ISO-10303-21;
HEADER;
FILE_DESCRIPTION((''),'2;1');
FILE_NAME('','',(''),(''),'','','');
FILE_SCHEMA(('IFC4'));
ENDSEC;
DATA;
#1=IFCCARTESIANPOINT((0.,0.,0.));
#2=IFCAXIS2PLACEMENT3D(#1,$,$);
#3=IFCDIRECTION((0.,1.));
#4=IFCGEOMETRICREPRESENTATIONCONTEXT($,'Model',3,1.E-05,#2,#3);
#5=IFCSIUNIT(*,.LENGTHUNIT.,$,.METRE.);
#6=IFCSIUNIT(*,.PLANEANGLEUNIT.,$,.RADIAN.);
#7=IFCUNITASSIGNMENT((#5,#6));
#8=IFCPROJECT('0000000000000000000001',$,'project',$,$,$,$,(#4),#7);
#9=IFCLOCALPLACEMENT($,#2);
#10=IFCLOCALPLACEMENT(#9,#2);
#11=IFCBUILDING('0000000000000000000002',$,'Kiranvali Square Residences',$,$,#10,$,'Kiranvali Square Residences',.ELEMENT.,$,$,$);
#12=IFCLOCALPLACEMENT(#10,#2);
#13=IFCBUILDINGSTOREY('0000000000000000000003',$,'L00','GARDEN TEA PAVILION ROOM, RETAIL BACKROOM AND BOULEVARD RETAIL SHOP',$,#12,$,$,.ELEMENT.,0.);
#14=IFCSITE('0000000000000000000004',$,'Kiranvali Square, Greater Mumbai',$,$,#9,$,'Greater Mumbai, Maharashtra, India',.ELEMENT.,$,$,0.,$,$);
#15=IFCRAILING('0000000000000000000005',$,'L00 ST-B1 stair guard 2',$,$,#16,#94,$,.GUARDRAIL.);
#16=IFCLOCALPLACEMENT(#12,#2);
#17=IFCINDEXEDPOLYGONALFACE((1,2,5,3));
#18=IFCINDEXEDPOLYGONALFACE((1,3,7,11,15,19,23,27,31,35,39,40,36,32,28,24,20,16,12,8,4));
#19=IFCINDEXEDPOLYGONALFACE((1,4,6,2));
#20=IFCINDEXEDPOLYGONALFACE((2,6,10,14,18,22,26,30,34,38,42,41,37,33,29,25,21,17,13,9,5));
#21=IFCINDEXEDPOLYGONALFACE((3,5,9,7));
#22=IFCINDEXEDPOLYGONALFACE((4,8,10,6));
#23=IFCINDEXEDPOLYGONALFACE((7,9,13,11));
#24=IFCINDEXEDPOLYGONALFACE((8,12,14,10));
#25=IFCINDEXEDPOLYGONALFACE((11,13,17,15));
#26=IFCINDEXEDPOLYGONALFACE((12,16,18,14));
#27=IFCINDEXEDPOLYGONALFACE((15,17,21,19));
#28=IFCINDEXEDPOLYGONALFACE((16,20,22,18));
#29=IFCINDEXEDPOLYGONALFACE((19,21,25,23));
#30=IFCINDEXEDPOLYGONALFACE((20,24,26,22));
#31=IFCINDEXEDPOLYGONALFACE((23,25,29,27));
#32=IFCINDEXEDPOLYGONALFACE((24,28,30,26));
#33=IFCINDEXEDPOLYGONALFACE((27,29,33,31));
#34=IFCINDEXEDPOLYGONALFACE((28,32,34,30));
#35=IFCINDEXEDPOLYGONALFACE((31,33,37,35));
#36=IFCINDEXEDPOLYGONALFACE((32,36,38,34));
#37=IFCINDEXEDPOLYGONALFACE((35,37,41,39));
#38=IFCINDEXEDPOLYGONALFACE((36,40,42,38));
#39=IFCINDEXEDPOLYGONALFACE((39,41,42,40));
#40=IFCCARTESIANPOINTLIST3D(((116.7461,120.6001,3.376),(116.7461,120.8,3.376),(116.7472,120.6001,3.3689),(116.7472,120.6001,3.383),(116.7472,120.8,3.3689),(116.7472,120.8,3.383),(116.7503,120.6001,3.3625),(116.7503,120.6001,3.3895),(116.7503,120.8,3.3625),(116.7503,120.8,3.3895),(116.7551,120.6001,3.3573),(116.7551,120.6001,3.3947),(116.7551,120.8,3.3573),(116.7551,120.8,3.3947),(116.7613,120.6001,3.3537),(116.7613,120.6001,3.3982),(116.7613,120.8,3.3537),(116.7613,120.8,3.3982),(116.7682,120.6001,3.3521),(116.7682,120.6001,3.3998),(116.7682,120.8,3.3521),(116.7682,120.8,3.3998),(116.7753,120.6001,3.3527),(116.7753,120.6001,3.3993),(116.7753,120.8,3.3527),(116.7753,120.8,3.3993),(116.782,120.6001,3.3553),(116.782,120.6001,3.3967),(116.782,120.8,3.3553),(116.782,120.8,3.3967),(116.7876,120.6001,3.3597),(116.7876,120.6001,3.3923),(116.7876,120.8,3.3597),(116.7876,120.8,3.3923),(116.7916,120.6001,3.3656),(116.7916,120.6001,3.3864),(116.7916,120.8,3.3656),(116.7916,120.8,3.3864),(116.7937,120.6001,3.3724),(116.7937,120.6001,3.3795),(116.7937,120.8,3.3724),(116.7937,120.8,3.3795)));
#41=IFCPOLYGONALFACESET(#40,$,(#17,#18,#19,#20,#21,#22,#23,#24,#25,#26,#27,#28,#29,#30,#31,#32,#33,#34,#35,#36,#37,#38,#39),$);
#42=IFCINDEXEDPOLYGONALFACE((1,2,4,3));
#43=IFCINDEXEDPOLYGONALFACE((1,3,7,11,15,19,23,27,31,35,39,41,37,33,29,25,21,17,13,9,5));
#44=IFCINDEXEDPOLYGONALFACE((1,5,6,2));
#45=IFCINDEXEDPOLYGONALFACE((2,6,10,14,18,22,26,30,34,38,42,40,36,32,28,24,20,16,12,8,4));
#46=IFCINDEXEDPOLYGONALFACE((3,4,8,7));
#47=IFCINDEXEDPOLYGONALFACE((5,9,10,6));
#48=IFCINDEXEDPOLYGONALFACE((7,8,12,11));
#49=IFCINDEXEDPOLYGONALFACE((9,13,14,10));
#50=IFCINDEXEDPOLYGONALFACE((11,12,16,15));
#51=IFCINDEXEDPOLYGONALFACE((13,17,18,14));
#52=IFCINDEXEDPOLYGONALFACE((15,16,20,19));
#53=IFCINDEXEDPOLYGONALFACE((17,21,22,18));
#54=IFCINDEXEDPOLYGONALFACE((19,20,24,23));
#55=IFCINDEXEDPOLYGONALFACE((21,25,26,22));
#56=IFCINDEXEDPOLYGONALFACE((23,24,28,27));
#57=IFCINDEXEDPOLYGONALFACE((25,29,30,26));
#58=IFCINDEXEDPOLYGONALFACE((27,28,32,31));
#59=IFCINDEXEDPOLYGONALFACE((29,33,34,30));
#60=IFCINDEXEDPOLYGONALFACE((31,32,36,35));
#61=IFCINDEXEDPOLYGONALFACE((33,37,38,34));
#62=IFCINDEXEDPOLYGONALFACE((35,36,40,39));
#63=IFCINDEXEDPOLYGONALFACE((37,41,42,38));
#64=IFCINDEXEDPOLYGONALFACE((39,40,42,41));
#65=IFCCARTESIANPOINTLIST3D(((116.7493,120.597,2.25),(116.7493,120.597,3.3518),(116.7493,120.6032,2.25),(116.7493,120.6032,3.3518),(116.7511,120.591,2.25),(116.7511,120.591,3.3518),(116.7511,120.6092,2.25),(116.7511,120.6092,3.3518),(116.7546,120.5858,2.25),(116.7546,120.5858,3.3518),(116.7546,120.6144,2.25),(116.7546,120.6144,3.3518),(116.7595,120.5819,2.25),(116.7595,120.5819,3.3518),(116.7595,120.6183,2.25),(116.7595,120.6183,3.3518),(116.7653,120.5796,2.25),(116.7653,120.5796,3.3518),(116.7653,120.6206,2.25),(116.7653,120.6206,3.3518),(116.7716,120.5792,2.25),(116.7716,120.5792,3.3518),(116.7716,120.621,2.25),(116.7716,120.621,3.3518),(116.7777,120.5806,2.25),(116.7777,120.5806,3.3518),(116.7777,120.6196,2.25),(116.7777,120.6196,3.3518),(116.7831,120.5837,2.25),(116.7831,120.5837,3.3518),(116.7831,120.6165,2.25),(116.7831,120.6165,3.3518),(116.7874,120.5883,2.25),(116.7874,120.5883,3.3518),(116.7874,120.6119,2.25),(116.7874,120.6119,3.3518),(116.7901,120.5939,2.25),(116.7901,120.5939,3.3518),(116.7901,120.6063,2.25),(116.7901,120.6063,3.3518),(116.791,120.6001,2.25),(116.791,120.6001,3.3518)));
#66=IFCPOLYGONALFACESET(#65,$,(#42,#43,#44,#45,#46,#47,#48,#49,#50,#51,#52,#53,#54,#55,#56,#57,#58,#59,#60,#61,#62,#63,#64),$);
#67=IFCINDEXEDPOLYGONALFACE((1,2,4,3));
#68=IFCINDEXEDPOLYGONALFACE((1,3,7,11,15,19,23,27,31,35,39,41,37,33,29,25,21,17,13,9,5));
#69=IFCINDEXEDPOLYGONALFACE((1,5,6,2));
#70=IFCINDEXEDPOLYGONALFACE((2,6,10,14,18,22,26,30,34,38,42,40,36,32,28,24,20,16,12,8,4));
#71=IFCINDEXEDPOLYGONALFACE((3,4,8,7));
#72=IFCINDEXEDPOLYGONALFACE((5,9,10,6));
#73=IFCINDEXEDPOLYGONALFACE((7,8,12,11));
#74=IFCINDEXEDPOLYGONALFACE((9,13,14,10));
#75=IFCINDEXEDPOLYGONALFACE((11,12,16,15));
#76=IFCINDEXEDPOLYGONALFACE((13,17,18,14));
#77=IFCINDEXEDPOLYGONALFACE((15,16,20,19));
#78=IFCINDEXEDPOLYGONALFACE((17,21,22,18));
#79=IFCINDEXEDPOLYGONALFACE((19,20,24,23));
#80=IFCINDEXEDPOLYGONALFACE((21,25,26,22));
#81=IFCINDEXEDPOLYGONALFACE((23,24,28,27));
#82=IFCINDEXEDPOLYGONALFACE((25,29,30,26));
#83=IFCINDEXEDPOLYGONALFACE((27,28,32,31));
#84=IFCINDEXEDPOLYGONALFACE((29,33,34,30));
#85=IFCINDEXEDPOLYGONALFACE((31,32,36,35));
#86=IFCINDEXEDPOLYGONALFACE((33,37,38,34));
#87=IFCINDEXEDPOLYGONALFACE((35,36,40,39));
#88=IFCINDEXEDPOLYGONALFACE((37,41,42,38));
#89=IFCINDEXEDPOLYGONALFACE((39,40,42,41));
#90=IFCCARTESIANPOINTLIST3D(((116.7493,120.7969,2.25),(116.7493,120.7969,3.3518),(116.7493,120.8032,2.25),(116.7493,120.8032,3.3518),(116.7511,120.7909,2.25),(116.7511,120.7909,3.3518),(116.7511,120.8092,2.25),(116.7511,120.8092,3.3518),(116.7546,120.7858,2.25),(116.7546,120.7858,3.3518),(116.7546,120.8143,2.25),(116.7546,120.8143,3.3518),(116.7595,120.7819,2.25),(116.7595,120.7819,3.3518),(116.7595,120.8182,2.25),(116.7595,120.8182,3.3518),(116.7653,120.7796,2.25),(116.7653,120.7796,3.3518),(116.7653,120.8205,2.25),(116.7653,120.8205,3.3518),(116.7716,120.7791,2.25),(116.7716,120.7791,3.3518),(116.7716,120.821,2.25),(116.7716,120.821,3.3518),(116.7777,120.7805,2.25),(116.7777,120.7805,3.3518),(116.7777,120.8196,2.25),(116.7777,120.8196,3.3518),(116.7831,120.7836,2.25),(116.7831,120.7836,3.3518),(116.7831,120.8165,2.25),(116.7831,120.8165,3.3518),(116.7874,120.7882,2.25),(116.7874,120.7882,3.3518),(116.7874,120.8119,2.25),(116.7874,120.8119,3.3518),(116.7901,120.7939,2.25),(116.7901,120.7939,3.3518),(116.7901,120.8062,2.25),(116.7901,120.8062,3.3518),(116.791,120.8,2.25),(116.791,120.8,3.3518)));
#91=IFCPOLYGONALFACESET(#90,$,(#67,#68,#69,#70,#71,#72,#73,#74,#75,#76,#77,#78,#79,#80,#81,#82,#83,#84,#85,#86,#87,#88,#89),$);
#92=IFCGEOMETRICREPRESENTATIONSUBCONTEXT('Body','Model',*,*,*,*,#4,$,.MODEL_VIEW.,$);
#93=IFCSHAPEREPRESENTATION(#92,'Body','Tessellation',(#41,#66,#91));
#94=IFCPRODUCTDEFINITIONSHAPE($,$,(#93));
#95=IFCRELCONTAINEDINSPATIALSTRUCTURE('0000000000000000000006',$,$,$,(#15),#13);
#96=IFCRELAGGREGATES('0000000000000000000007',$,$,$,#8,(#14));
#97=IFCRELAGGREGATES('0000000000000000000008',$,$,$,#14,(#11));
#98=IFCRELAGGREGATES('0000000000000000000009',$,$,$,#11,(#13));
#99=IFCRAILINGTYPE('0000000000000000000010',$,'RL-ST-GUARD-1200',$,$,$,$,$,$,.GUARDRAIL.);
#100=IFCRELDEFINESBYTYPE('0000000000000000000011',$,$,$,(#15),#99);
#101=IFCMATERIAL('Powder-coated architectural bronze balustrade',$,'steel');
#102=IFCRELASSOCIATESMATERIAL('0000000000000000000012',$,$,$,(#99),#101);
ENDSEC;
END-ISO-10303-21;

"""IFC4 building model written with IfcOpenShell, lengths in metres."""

from ifc_helpers import new_model, si_unit, direction, frame, origin, origin_2d, place, context, subcontext, project, spatial, circle, extrude, material, type_object, element, save


model = new_model("IFC4")

# Units and contexts
model_context = context("Model", 3, precision=1e-05, world=origin(), true_north=direction((0.0, 1.0)))
body_context = subcontext(model_context, "Body", "Model", "MODEL_VIEW")
ifc_project = project(units=[si_unit("LENGTHUNIT", "METRE"), si_unit("PLANEANGLEUNIT", "RADIAN")], contexts=[model_context])

# Site, building, storey
site_placement = place(None, origin())
site = spatial("IfcSite", under=ifc_project, at=site_placement, Name="Kiranvali Square, Greater Mumbai", LongName="Greater Mumbai, Maharashtra, India", CompositionType="ELEMENT", RefElevation=0.0)
building_placement = place(site_placement, origin())
building = spatial("IfcBuilding", under=site, at=building_placement, Name="Kiranvali Square Residences", LongName="Kiranvali Square Residences", CompositionType="ELEMENT")
storey_placement = place(building_placement, origin())
storey = spatial("IfcBuildingStorey", under=building, at=storey_placement, Name="L00", Description="GARDEN TEA PAVILION ROOM, RETAIL BACKROOM AND BOULEVARD RETAIL SHOP", CompositionType="ELEMENT", Elevation=0.0)

# Railing
ifc_material_1 = material(Name="Powder-coated architectural bronze balustrade", Category="steel")
railing_type_1 = type_object("IfcRailingType", Name="RL-ST-GUARD-1200", PredefinedType="GUARDRAIL", material=ifc_material_1)
railing_1_placement = place(storey_placement, frame((116.77, 120.6001, 2.25)))
element("IfcRailing", 1, at=railing_1_placement, inside=storey, type_object=railing_type_1, Name="L00 ST-B1 stair guard 2", PredefinedType="GUARDRAIL", context=body_context, shape_type="SweptSolid", body=[
    extrude(circle(Radius=0.0239, at=origin_2d()), frame((0.0, 0.0, 1.126), z_axis=(0.0, 1.0, 0.0), x_axis=(-1.0, 0.0, 0.0)), (0.0, 0.0, 1.0), 0.2),
    extrude(circle(Radius=0.021, at=origin_2d()), origin(), (0.0, 0.0, 1.0), 1.1018),
    extrude(circle(Radius=0.021, at=origin_2d()), frame((0.0, 0.2, 0.0)), (0.0, 0.0, 1.0), 1.1018),
])

save(model, "model.ifc")
